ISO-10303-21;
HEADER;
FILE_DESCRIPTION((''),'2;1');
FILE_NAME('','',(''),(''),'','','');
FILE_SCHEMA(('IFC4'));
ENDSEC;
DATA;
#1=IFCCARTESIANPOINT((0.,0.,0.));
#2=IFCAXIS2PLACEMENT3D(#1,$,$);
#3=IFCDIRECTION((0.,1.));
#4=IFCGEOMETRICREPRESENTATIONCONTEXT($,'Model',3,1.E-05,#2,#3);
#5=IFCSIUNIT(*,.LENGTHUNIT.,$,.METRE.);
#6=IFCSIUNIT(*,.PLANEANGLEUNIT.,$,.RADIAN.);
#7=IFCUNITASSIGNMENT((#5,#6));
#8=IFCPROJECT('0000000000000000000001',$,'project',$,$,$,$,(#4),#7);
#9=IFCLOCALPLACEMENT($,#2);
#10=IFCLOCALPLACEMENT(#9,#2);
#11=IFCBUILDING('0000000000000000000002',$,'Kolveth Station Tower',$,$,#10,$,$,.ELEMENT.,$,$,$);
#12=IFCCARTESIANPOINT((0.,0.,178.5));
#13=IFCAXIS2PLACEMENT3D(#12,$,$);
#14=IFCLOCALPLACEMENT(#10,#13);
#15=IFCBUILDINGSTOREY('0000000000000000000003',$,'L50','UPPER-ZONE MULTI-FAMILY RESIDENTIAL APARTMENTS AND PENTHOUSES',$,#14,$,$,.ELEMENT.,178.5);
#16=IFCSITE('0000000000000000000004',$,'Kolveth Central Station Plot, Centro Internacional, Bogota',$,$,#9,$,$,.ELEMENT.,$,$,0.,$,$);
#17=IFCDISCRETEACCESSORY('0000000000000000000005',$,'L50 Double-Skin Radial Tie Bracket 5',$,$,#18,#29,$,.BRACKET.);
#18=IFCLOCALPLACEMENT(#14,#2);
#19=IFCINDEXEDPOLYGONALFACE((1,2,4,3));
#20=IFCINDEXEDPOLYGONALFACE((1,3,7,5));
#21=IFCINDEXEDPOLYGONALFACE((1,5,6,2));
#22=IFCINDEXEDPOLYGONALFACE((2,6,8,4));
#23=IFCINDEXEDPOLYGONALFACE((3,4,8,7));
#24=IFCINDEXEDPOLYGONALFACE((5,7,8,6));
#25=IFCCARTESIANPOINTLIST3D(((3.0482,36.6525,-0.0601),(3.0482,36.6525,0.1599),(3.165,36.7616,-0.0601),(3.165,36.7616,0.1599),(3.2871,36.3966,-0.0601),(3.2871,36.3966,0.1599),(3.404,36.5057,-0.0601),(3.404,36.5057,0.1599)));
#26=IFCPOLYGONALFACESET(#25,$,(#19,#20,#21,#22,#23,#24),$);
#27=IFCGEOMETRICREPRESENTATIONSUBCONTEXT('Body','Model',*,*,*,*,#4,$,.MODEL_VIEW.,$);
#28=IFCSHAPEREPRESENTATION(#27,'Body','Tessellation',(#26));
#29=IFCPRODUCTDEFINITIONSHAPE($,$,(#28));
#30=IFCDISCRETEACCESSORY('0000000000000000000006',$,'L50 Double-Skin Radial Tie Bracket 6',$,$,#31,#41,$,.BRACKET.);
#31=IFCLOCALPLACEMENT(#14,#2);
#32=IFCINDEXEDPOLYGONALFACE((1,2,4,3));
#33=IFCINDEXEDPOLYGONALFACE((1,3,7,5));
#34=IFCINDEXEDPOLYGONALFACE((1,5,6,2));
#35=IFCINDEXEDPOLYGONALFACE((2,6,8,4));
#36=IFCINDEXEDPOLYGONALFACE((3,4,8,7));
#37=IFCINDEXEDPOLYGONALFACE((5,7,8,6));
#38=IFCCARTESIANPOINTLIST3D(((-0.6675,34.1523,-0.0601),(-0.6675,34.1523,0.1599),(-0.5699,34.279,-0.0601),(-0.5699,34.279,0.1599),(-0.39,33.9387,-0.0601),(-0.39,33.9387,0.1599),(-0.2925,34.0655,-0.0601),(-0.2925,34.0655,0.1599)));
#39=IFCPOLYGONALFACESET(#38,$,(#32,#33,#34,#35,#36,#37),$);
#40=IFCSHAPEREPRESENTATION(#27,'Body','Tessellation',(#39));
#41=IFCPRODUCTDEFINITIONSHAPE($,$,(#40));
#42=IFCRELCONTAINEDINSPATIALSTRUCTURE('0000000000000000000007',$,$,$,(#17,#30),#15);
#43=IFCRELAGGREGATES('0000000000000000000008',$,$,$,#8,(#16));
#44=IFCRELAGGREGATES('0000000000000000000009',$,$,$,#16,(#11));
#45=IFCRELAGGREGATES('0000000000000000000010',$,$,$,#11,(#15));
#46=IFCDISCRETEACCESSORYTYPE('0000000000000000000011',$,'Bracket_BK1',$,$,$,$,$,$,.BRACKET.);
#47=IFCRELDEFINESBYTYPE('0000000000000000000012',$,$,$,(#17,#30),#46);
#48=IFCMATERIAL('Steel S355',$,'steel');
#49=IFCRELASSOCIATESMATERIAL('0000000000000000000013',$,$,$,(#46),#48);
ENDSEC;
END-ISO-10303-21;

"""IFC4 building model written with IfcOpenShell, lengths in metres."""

from ifc_helpers import new_model, si_unit, direction, frame, origin, origin_2d, place, context, subcontext, project, spatial, rectangle, extrude, source, transform, mapped, material, type_object, element, save


model = new_model("IFC4")

# Units and contexts
model_context = context("Model", 3, precision=1e-05, world=origin(), true_north=direction((0.0, 1.0)))
body_context = subcontext(model_context, "Body", "Model", "MODEL_VIEW")
ifc_project = project(units=[si_unit("LENGTHUNIT", "METRE"), si_unit("PLANEANGLEUNIT", "RADIAN")], contexts=[model_context])

# Site, building, storey
site_placement = place(None, origin())
site = spatial("IfcSite", under=ifc_project, at=site_placement, Name="Kolveth Central Station Plot, Centro Internacional, Bogota", CompositionType="ELEMENT", RefElevation=0.0)
building_placement = place(site_placement, origin())
building = spatial("IfcBuilding", under=site, at=building_placement, Name="Kolveth Station Tower", CompositionType="ELEMENT")
storey_placement = place(building_placement, frame((0.0, 0.0, 178.5)))
storey = spatial("IfcBuildingStorey", under=building, at=storey_placement, Name="L50", Description="UPPER-ZONE MULTI-FAMILY RESIDENTIAL APARTMENTS AND PENTHOUSES", CompositionType="ELEMENT", Elevation=178.5)

# Discrete accessories
ifc_material_1 = material(Name="Steel S355", Category="steel")
discrete_accessory_type = type_object("IfcDiscreteAccessoryType", Name="Bracket_BK1", PredefinedType="BRACKET", material=ifc_material_1)
shared_shape_1 = source(origin(), body_context, "Body", "SweptSolid", [
    extrude(rectangle(XDim=0.3501, YDim=0.1599, at=origin_2d()), origin(), (0.0, 0.0, 1.0), 0.22),
])
for number, where, z_axis, x_axis, name in (
    (1, (3.2261, 36.5791, -0.0601), (0.0, 0.0, 1.0), (-0.682509, 0.730877, 0.0), "L50 Double-Skin Radial Tie Bracket 5"),
    (2, (-0.48, 34.1089, -0.0601), (0.0, 0.0, 1.0), (-0.792396, 0.610007, 0.0), "L50 Double-Skin Radial Tie Bracket 6"),
):
    element("IfcDiscreteAccessory", number, at=place(storey_placement, frame(where, z_axis=z_axis, x_axis=x_axis)), inside=storey, type_object=discrete_accessory_type, Name=name, PredefinedType="BRACKET", context=body_context, shape_type="MappedRepresentation", body=[
        mapped(shared_shape_1, transform((0.0, 0.0, 0.0), x_axis=(1.0, 0.0, 0.0), y_axis=(0.0, 1.0, 0.0), z_axis=(0.0, 0.0, 1.0), scale=1.0)),
    ])

save(model, "model.ifc")
